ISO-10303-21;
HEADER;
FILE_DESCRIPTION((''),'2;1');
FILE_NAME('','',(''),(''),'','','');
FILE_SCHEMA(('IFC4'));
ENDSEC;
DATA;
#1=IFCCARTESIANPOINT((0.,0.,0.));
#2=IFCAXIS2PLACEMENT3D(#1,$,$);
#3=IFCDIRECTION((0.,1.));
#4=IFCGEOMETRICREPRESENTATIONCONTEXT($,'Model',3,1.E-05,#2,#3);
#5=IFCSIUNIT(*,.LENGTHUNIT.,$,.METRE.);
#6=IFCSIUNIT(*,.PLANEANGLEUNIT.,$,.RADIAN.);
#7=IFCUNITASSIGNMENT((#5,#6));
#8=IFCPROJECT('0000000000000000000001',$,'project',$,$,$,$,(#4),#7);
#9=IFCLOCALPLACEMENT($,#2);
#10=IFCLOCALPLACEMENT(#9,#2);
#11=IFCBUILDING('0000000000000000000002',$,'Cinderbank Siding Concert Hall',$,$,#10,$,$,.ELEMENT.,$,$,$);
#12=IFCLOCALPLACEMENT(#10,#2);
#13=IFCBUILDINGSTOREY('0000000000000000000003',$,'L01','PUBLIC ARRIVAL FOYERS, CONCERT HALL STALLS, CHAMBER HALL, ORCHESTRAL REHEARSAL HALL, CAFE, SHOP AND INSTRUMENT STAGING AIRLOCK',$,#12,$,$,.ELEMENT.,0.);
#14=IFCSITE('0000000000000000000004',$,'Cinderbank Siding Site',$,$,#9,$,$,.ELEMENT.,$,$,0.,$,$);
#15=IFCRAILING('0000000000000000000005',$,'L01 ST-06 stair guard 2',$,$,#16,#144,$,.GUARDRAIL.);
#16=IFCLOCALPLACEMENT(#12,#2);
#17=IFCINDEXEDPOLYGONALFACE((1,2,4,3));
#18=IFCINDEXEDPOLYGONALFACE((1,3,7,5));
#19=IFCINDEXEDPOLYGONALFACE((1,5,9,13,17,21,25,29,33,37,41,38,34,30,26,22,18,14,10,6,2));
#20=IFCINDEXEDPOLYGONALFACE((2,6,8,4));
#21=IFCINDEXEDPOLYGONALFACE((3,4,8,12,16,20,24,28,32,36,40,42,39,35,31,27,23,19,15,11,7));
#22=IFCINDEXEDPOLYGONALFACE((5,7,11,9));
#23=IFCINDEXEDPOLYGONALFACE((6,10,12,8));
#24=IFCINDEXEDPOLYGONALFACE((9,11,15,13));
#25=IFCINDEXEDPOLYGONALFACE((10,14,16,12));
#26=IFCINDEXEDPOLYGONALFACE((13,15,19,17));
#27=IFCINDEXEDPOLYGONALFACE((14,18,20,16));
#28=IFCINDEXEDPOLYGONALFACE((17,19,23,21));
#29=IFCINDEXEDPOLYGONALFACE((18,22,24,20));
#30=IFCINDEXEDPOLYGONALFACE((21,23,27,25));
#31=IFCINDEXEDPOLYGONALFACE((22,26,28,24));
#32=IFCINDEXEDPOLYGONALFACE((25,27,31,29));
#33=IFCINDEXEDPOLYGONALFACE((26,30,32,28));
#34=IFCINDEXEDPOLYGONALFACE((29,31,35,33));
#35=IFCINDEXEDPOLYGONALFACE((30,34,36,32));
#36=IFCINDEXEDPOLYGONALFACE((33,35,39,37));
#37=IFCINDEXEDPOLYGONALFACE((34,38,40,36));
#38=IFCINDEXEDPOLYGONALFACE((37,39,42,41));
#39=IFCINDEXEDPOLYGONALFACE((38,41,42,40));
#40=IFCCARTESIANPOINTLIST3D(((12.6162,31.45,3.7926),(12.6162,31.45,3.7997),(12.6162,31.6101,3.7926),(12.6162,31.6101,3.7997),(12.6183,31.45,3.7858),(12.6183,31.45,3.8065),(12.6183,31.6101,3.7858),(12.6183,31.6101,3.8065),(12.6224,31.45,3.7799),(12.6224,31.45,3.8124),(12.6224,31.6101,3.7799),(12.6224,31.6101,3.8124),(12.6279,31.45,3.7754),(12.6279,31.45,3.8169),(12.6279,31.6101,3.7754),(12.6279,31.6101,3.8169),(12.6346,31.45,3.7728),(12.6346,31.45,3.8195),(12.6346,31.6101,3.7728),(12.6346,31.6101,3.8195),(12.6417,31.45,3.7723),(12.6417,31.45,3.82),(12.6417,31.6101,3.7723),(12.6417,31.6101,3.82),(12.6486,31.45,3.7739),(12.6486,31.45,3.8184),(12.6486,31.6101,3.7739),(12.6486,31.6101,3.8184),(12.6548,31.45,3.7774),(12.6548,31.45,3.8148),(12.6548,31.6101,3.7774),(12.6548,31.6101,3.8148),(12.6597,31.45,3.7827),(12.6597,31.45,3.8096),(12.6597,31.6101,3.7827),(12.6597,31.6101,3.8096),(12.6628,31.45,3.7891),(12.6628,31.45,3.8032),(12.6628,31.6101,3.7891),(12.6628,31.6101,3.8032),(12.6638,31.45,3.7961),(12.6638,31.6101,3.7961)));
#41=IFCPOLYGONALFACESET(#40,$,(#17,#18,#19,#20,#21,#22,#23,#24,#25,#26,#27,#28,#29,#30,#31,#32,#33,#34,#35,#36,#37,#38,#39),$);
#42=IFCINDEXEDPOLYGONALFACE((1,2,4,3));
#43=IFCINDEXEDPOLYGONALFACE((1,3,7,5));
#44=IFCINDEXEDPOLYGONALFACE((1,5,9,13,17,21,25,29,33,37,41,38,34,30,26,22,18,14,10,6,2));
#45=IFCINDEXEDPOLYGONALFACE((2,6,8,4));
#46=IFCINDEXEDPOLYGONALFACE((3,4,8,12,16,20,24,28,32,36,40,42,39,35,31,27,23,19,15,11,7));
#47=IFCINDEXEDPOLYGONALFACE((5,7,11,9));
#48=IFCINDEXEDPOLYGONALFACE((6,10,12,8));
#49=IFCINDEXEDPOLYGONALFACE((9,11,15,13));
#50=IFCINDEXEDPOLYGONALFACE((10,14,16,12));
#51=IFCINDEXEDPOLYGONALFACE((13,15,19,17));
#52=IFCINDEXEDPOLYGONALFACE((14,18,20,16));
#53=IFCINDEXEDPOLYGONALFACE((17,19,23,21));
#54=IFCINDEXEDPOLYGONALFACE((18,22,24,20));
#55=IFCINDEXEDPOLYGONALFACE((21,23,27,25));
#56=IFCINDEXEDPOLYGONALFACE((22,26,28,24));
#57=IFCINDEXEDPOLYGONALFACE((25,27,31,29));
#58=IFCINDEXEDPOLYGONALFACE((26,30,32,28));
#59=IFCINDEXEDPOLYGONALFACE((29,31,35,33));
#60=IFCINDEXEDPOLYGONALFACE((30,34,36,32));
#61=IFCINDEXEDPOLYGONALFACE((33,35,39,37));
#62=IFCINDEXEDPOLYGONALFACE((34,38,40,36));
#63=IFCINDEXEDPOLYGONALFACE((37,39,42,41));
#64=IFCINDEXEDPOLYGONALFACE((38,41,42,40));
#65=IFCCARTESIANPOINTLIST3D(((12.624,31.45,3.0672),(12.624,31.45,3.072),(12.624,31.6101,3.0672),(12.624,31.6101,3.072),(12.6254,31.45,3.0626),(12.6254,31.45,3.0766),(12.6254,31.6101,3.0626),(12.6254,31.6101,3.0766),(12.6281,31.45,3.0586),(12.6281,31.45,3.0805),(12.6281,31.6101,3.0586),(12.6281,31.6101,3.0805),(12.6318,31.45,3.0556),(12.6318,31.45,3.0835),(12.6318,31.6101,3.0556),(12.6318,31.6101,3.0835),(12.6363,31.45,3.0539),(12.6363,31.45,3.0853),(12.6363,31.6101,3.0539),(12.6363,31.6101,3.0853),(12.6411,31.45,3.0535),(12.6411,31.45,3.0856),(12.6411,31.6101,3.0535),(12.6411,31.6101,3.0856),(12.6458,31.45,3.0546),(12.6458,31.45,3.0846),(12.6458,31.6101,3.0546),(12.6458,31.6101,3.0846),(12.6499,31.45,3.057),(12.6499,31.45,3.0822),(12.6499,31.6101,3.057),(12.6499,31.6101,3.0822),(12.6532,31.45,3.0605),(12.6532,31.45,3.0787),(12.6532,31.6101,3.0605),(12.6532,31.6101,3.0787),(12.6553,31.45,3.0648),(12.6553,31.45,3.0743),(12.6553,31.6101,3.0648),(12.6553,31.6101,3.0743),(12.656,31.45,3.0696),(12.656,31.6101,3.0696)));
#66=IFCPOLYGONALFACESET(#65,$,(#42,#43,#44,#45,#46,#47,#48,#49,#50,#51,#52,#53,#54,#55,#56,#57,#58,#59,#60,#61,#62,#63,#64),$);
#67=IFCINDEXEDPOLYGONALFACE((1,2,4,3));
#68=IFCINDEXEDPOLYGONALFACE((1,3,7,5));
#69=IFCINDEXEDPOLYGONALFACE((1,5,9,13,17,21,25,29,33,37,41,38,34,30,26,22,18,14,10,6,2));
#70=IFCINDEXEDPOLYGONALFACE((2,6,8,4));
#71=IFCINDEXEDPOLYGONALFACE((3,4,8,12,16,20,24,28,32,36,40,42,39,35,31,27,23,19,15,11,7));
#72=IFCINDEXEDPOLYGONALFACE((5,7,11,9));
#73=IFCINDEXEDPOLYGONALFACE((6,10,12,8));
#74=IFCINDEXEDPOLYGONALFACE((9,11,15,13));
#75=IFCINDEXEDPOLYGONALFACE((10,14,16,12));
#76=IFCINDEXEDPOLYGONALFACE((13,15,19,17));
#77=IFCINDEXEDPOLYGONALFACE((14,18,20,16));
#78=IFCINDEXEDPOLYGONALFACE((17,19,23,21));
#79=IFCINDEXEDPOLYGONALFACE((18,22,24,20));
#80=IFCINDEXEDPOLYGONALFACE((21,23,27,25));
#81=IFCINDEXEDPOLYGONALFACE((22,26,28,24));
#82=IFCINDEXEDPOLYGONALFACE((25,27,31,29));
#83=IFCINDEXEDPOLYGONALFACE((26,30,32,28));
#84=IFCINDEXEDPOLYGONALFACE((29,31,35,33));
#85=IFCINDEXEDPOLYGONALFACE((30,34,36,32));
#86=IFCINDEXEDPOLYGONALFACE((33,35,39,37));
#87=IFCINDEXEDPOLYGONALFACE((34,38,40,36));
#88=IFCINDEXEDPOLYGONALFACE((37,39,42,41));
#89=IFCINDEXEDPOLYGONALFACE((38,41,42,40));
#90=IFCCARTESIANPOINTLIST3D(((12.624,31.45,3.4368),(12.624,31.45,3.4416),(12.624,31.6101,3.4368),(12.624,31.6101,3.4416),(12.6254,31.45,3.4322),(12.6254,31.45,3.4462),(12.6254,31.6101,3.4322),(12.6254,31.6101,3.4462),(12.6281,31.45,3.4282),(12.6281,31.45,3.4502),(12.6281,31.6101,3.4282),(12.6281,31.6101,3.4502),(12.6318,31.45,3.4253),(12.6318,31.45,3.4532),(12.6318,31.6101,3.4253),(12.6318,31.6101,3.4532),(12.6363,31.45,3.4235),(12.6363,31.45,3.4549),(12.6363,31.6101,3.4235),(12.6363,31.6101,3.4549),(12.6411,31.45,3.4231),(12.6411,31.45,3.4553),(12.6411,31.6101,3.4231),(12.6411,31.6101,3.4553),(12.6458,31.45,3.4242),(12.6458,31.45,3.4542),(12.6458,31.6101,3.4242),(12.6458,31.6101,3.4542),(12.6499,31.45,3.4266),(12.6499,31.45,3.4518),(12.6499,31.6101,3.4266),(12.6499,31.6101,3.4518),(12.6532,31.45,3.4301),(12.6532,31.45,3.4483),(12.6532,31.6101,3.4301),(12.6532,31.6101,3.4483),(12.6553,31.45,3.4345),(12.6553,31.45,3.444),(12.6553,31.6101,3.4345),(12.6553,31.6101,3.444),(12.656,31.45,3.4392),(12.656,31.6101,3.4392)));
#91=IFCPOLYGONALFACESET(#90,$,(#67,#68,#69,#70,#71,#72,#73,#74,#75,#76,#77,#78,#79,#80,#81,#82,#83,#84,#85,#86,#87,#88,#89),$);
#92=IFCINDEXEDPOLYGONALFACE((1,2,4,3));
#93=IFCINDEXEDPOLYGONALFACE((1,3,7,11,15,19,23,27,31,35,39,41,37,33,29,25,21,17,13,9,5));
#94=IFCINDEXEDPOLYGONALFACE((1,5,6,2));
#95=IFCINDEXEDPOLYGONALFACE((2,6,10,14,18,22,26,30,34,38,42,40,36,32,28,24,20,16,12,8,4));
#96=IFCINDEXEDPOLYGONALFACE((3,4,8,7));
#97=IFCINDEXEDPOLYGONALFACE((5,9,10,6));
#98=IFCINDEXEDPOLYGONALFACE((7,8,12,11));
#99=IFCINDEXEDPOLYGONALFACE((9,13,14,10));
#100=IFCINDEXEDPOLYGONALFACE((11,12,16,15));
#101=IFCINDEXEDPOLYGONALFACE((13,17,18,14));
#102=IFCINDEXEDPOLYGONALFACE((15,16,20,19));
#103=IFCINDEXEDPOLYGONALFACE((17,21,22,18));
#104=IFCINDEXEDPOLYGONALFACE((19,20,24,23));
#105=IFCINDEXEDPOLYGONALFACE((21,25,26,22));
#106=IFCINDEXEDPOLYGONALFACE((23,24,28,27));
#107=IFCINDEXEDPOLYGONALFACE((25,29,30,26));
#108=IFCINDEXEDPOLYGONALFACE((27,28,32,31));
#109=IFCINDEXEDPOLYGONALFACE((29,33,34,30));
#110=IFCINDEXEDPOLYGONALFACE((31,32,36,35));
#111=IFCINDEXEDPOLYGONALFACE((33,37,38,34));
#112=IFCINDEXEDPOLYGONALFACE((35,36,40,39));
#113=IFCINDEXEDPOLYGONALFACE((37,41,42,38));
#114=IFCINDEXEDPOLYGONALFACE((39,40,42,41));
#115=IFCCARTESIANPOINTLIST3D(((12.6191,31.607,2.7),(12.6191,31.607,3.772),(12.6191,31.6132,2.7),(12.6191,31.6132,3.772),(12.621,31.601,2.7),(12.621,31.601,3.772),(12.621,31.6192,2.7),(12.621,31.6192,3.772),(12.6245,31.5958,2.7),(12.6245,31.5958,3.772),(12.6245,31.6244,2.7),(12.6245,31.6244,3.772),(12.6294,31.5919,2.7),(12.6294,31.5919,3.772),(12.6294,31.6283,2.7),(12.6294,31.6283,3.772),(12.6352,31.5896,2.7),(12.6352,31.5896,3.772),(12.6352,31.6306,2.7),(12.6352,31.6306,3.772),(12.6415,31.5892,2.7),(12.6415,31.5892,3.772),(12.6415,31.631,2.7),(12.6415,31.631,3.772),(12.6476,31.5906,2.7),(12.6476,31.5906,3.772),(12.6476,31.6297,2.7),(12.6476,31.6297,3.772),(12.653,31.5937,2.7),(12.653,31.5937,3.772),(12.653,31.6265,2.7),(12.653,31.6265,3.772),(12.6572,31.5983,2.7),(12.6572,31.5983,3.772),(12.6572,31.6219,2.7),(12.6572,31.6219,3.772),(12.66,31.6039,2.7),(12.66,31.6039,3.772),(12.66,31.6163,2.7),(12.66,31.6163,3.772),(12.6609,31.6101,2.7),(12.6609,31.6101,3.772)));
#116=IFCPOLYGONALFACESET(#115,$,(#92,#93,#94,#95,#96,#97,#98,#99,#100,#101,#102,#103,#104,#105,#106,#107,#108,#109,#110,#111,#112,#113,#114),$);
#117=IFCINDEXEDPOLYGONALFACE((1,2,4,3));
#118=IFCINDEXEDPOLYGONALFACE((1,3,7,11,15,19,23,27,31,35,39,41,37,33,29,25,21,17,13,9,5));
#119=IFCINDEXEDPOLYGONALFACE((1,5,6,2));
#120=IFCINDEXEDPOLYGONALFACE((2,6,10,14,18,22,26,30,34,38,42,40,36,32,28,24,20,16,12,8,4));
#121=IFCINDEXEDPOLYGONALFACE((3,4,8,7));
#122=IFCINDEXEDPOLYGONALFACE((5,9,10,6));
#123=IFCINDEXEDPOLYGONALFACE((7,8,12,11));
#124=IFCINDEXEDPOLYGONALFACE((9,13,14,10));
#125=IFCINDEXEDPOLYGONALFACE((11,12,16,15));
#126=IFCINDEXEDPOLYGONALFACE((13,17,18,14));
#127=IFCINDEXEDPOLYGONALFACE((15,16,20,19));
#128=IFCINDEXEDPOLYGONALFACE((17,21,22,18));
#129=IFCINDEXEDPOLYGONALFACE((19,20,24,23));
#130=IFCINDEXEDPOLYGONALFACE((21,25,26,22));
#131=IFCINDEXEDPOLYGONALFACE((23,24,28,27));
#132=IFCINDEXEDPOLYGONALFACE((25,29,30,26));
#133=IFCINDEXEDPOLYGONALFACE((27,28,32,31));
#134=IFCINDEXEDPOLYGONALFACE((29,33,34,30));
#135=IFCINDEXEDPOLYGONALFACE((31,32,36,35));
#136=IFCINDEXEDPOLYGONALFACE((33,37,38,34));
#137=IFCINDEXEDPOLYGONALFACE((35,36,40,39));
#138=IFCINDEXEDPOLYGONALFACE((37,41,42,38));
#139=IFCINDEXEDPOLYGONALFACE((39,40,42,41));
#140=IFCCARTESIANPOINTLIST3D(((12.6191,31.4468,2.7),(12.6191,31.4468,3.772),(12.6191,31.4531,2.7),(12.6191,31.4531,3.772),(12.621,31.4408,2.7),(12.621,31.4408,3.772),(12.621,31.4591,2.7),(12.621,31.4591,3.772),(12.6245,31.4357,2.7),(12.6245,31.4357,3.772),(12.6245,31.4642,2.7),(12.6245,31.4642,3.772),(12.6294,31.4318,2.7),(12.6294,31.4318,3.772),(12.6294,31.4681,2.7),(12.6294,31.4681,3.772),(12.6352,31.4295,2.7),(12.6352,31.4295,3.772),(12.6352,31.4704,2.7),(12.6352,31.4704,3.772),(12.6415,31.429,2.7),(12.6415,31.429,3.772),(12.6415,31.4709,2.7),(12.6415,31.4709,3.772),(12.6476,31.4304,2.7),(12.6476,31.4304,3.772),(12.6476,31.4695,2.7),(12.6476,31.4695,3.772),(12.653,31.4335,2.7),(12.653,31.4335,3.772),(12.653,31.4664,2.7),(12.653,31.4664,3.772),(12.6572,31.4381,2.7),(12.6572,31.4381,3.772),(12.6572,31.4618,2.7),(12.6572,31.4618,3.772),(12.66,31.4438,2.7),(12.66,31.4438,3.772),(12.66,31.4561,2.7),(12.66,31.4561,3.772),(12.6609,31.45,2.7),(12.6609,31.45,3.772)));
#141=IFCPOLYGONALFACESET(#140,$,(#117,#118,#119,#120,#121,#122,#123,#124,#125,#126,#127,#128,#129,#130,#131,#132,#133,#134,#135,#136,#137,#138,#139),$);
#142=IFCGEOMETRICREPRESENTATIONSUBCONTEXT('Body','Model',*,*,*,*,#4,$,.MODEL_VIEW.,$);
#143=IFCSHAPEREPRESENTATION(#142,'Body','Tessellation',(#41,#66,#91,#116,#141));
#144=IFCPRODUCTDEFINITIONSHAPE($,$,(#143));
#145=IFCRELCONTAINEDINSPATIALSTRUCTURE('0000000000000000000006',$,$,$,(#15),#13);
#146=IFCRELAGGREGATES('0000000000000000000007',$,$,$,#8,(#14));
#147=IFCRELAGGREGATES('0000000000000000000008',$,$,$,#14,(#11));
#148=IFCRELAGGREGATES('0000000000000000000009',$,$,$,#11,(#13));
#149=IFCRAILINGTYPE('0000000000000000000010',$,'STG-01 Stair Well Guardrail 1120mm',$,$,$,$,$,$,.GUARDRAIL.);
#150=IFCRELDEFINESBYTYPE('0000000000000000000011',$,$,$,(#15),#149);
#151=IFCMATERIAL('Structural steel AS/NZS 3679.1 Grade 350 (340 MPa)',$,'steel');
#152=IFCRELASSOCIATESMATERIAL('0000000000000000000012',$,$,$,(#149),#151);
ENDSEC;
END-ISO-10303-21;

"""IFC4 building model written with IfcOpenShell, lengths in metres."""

from ifc_helpers import new_model, si_unit, direction, frame, origin, origin_2d, place, context, subcontext, project, spatial, circle, extrude, material, type_object, element, save


model = new_model("IFC4")

# Units and contexts
model_context = context("Model", 3, precision=1e-05, world=origin(), true_north=direction((0.0, 1.0)))
body_context = subcontext(model_context, "Body", "Model", "MODEL_VIEW")
ifc_project = project(units=[si_unit("LENGTHUNIT", "METRE"), si_unit("PLANEANGLEUNIT", "RADIAN")], contexts=[model_context])

# Site, building, storey
site_placement = place(None, origin())
site = spatial("IfcSite", under=ifc_project, at=site_placement, Name="Cinderbank Siding Site", CompositionType="ELEMENT", RefElevation=0.0)
building_placement = place(site_placement, origin())
building = spatial("IfcBuilding", under=site, at=building_placement, Name="Cinderbank Siding Concert Hall", CompositionType="ELEMENT")
storey_placement = place(building_placement, origin())
storey = spatial("IfcBuildingStorey", under=building, at=storey_placement, Name="L01", Description="PUBLIC ARRIVAL FOYERS, CONCERT HALL STALLS, CHAMBER HALL, ORCHESTRAL REHEARSAL HALL, CAFE, SHOP AND INSTRUMENT STAGING AIRLOCK", CompositionType="ELEMENT", Elevation=0.0)

# Shared definitions
ifc_material_1 = material(Name="Structural steel AS/NZS 3679.1 Grade 350 (340 MPa)", Category="steel")

# Railing
railing_type_1 = type_object("IfcRailingType", Name="STG-01 Stair Well Guardrail 1120mm", PredefinedType="GUARDRAIL", material=ifc_material_1)
railing_1_placement = place(storey_placement, frame((12.6399, 31.6101, 2.7)))
element("IfcRailing", 1, at=railing_1_placement, inside=storey, type_object=railing_type_1, Name="L01 ST-06 stair guard 2", PredefinedType="GUARDRAIL", context=body_context, shape_type="SweptSolid", body=[
    extrude(circle(Radius=0.0239, at=origin_2d()), frame((0.0, 0.0, 1.0962), z_axis=(0.0, -1.0, 0.0), x_axis=(1.0, 0.0, 0.0)), (0.0, 0.0, 1.0), 0.1602),
    extrude(circle(Radius=0.0161, at=origin_2d()), frame((0.0, 0.0, 0.3696), z_axis=(0.0, -1.0, 0.0), x_axis=(1.0, 0.0, 0.0)), (0.0, 0.0, 1.0), 0.1602),
    extrude(circle(Radius=0.0161, at=origin_2d()), frame((0.0, 0.0, 0.7393), z_axis=(0.0, -1.0, 0.0), x_axis=(1.0, 0.0, 0.0)), (0.0, 0.0, 1.0), 0.1602),
    extrude(circle(Radius=0.021, at=origin_2d()), origin(), (0.0, 0.0, 1.0), 1.072),
    extrude(circle(Radius=0.021, at=origin_2d()), frame((0.0, -0.1602, 0.0)), (0.0, 0.0, 1.0), 1.072),
])

save(model, "model.ifc")
